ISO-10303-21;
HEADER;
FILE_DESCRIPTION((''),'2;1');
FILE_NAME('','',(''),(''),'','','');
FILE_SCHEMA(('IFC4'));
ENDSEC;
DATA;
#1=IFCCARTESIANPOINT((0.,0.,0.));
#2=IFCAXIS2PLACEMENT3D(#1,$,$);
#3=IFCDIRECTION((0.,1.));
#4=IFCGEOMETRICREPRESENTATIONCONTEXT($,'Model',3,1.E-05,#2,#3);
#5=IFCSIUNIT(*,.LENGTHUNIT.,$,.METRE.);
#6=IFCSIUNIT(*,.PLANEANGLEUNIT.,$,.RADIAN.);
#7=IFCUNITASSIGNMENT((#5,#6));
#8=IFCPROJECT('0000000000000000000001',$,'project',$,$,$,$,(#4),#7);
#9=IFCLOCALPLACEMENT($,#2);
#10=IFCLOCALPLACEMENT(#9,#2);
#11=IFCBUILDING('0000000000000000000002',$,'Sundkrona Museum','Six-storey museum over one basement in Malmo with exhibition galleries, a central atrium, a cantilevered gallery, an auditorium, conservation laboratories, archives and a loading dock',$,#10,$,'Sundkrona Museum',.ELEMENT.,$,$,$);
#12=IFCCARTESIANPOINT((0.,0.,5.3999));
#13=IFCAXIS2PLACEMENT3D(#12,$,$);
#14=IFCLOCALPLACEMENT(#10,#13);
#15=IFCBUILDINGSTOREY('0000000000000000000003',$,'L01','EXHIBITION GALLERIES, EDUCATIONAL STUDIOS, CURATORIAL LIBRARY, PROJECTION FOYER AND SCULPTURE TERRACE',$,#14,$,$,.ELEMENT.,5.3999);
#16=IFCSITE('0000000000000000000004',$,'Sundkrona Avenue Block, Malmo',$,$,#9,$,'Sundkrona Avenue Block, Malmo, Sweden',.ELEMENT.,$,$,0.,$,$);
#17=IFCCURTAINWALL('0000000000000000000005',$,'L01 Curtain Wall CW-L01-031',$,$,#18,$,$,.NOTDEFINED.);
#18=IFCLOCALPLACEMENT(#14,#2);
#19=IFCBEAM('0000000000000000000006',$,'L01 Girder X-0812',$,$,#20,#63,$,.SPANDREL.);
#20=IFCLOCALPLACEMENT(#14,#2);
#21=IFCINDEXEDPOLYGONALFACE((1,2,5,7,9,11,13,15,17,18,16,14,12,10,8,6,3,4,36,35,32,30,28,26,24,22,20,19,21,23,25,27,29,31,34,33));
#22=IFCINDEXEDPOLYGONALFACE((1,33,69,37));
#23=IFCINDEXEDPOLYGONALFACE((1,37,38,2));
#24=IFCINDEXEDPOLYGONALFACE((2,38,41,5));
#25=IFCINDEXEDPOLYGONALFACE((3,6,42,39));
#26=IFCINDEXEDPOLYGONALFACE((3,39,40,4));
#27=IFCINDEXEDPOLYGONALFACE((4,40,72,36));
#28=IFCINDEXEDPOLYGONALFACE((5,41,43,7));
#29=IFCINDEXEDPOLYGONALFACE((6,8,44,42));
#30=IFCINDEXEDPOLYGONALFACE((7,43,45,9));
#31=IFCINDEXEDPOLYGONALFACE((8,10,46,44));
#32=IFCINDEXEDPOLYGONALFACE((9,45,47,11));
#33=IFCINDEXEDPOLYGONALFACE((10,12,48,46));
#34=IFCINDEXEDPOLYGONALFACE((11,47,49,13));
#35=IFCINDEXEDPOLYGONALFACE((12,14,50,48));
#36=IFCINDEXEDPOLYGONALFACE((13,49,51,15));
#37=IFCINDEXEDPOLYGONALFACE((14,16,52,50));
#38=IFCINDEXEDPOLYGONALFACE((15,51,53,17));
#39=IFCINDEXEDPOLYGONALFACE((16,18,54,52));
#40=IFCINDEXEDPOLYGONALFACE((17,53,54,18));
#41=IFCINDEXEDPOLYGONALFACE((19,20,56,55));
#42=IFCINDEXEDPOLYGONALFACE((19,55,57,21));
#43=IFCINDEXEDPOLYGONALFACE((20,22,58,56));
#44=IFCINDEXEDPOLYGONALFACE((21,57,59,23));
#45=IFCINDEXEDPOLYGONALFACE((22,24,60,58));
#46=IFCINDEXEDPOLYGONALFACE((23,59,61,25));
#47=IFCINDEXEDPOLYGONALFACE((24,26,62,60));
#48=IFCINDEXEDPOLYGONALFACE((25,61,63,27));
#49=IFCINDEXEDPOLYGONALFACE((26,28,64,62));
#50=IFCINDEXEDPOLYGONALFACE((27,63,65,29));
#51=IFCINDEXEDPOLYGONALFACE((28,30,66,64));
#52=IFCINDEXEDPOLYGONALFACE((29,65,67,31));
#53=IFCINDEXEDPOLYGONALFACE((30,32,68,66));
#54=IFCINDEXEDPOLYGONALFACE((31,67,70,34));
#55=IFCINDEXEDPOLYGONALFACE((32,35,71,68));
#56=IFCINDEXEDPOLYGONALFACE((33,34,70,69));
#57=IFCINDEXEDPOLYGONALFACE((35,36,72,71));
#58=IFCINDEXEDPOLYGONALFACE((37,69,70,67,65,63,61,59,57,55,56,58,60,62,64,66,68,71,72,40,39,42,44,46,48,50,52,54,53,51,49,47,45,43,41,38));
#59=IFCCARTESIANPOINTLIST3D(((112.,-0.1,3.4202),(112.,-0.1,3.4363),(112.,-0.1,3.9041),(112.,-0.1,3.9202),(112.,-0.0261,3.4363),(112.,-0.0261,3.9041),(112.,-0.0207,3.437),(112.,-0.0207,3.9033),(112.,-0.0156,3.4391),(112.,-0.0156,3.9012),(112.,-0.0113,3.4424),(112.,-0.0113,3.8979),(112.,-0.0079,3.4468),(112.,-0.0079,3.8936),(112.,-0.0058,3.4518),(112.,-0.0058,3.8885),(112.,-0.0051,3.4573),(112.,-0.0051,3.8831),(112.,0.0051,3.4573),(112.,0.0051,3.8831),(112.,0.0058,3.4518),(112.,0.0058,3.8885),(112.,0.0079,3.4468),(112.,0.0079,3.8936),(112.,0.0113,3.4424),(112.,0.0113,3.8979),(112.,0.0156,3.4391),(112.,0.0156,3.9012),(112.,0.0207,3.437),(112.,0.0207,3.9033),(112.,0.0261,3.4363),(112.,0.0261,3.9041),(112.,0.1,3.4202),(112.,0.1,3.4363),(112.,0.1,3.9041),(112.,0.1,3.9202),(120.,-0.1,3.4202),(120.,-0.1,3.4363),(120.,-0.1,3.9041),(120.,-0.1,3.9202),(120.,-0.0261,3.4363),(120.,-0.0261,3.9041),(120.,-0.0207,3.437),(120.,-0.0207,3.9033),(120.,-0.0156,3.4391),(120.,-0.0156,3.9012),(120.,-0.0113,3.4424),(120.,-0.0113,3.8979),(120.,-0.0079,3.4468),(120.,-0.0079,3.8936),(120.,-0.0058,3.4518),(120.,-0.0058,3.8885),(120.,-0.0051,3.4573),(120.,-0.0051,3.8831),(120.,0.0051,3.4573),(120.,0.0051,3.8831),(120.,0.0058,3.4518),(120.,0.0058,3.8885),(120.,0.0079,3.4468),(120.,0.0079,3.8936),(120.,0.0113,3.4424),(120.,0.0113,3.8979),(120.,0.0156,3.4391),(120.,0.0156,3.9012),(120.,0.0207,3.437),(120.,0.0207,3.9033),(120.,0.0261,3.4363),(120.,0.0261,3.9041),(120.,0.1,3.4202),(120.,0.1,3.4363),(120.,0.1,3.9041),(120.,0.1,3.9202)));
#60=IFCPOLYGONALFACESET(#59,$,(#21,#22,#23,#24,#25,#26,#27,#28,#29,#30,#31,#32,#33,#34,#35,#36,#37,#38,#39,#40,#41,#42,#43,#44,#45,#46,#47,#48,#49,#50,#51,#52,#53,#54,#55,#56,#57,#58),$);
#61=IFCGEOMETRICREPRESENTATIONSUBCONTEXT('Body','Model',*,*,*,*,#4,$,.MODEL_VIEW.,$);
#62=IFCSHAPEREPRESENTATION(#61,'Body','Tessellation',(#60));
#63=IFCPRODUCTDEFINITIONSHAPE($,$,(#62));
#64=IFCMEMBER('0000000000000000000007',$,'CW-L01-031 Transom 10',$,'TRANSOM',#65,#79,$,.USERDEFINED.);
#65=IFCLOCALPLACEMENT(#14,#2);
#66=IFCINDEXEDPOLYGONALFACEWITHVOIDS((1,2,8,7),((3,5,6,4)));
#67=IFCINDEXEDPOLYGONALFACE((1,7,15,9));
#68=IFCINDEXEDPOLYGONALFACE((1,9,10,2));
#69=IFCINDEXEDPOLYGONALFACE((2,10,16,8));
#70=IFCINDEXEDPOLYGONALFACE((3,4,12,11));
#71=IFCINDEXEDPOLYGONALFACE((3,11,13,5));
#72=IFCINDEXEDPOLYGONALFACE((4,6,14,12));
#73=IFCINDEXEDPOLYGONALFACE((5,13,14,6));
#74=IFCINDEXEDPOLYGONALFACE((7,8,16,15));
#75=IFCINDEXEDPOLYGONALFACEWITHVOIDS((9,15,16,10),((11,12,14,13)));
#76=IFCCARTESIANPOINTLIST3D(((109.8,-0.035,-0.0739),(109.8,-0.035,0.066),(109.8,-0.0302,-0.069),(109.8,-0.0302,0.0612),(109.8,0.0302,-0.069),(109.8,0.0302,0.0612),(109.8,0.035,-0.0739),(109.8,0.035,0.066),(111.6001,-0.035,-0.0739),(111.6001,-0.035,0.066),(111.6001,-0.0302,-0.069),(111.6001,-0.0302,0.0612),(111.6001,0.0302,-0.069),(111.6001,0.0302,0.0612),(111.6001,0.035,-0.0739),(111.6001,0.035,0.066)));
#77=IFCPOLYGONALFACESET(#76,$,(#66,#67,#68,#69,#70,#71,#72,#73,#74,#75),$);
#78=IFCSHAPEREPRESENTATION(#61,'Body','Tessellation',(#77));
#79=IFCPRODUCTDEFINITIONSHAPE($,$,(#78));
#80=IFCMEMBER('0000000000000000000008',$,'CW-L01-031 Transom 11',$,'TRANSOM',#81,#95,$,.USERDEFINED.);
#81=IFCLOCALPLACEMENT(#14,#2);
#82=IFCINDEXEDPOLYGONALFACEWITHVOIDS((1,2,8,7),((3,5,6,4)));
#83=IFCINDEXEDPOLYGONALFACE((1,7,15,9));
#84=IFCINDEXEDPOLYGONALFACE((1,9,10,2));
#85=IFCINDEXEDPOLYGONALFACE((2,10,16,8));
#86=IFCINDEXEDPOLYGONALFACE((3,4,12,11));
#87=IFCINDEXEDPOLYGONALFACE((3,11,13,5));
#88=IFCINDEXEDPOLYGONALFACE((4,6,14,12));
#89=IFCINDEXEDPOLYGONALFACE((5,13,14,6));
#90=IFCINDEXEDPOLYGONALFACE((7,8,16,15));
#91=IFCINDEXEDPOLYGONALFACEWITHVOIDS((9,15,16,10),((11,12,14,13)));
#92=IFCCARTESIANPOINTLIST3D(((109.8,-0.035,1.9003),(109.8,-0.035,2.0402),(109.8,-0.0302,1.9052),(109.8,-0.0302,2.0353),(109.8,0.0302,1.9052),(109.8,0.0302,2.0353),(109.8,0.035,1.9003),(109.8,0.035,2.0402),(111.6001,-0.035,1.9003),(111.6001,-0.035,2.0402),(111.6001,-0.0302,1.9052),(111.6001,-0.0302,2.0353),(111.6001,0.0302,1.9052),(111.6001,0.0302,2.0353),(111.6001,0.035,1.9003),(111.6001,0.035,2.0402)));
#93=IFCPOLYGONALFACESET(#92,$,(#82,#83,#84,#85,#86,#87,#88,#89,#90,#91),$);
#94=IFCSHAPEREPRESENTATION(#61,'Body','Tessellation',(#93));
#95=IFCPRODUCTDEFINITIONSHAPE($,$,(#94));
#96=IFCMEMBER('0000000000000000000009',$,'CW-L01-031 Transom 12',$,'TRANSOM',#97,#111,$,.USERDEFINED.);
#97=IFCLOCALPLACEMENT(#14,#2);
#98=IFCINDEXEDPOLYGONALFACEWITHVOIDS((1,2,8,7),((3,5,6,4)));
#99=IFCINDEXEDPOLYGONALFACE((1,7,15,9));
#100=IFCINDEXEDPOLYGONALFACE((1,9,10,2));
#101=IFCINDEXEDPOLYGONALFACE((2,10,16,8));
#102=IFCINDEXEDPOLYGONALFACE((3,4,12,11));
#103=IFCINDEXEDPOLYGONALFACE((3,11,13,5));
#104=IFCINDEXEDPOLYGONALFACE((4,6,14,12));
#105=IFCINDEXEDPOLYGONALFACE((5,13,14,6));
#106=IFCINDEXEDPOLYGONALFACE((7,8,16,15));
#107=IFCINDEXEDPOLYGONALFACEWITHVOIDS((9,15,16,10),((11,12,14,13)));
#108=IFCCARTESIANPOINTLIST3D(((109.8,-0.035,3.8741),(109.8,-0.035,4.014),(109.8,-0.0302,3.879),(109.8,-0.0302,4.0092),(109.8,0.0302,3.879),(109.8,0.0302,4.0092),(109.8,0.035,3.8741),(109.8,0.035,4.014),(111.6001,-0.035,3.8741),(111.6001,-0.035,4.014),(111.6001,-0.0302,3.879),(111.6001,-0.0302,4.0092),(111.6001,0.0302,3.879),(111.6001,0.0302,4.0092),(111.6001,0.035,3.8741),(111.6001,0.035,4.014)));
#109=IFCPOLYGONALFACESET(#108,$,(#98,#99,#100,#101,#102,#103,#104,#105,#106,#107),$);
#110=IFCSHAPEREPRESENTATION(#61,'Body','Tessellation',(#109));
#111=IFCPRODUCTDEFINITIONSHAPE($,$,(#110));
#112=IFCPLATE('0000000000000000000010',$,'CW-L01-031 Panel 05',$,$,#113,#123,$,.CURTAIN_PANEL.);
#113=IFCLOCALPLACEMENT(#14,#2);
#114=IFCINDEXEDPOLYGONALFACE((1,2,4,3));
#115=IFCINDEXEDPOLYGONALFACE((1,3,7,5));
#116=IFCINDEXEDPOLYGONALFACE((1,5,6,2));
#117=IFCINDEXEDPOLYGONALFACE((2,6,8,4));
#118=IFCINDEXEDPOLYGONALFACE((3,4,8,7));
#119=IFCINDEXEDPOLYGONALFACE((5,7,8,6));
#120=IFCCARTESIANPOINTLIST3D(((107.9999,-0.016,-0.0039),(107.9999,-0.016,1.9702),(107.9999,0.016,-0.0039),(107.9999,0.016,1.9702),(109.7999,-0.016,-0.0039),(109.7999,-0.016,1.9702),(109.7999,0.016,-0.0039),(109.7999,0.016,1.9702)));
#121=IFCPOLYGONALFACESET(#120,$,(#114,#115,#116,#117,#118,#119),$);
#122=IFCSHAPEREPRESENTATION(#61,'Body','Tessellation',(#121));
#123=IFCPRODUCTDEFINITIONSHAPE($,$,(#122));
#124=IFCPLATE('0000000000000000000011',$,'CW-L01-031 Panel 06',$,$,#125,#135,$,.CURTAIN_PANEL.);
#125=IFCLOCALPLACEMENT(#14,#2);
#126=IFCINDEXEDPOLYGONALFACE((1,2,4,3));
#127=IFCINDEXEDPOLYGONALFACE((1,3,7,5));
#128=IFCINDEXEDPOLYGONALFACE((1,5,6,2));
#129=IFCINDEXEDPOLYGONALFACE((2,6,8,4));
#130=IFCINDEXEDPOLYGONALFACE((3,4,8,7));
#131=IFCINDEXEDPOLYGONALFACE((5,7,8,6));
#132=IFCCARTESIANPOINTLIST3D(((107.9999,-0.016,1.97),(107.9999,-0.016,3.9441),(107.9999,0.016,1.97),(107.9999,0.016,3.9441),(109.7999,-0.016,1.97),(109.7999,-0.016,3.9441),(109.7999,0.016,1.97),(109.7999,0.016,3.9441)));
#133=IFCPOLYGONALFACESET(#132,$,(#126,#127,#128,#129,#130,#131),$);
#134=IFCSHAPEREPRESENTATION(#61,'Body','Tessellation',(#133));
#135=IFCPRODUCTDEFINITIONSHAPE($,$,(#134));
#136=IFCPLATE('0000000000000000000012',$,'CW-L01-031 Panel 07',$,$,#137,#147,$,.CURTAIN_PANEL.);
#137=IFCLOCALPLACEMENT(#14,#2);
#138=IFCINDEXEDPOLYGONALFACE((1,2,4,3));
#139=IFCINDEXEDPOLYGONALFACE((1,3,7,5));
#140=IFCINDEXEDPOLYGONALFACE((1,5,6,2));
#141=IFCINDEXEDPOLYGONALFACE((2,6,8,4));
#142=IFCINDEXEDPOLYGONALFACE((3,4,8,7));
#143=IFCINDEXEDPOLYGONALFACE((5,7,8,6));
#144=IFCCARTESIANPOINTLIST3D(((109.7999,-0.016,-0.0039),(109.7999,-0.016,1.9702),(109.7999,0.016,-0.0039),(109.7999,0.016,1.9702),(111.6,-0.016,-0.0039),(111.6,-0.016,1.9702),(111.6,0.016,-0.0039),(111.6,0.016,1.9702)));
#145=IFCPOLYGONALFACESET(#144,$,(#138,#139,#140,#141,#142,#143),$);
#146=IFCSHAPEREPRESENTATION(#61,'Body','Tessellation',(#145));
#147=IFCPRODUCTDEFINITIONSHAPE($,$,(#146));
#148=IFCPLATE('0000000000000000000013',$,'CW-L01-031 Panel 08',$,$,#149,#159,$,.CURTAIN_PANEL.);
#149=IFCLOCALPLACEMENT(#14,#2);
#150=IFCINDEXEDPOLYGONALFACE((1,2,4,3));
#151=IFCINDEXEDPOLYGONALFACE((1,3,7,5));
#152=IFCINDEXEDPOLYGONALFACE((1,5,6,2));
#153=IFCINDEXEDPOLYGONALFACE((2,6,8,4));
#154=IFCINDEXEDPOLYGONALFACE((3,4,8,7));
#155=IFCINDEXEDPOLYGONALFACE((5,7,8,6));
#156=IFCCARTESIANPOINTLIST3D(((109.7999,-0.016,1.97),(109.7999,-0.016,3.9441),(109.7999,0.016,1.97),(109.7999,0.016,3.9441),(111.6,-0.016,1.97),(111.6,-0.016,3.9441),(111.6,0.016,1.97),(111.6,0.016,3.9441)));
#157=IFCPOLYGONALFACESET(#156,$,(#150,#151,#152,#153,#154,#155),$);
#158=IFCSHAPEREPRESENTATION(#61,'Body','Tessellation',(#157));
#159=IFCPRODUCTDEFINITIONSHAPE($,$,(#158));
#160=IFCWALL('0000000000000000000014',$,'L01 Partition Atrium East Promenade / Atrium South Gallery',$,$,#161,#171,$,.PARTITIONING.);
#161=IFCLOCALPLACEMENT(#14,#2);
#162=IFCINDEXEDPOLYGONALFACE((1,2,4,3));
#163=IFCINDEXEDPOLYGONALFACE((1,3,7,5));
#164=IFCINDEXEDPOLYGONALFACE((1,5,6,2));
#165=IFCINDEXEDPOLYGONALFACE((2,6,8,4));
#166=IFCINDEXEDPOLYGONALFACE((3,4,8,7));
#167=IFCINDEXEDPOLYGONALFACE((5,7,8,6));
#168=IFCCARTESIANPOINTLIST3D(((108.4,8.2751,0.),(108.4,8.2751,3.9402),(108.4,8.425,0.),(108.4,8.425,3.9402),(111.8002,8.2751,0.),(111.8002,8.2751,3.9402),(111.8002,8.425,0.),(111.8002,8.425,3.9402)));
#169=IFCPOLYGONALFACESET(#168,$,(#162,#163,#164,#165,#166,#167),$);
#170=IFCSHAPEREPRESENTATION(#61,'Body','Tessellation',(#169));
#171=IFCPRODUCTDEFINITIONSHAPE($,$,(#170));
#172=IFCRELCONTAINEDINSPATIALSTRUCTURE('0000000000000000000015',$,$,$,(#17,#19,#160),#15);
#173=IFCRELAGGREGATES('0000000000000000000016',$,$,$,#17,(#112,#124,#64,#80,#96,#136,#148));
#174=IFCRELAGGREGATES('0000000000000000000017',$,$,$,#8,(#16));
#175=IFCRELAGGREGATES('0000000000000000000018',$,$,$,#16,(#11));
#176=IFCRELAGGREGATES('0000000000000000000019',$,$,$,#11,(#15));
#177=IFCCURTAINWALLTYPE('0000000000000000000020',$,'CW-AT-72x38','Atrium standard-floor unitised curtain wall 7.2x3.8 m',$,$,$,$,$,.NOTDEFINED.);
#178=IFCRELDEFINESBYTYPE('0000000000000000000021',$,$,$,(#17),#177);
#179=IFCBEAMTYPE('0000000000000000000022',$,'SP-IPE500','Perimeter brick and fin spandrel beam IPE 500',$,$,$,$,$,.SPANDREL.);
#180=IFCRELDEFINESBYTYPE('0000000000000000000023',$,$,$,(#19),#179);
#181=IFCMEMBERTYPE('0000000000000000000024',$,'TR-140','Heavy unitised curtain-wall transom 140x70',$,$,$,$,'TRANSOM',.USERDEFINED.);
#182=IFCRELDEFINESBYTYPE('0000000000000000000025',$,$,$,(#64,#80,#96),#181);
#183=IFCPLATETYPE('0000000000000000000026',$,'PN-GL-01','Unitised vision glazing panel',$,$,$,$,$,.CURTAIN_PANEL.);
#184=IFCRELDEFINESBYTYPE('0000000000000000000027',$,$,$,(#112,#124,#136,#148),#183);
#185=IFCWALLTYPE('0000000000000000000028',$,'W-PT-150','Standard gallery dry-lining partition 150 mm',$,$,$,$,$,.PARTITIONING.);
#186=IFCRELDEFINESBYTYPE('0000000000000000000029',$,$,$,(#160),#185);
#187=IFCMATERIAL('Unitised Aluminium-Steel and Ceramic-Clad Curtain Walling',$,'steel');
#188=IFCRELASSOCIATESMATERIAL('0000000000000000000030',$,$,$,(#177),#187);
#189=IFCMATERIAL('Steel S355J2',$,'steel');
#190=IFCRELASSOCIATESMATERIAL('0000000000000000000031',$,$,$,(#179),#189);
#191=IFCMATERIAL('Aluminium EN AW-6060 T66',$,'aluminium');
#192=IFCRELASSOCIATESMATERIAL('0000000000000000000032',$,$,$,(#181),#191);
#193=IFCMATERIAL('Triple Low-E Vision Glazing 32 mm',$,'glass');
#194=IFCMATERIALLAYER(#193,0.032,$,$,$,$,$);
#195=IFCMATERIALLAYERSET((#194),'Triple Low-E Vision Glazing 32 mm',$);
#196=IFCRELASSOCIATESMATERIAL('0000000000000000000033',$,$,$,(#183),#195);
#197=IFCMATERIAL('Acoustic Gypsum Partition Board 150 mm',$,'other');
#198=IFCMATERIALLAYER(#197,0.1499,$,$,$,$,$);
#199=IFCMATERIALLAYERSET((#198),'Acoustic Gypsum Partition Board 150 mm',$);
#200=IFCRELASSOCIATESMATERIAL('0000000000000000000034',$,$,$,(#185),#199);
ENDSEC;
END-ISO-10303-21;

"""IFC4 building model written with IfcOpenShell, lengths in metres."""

from ifc_helpers import new_model, si_unit, direction, frame, frame_2d, origin, origin_2d, place, context, subcontext, project, spatial, rectangle, hollow_rectangle, i_section, extrude, material, layer, layer_set, material_profile, profile_set, type_object, element, aggregate, save


model = new_model("IFC4")

# Units and contexts
model_context = context("Model", 3, precision=1e-05, world=origin(), true_north=direction((0.0, 1.0)))
body_context = subcontext(model_context, "Body", "Model", "MODEL_VIEW")
ifc_project = project(units=[si_unit("LENGTHUNIT", "METRE"), si_unit("PLANEANGLEUNIT", "RADIAN")], contexts=[model_context])

# Site, building, storey
site_placement = place(None, origin())
site = spatial("IfcSite", under=ifc_project, at=site_placement, Name="Sundkrona Avenue Block, Malmo", LongName="Sundkrona Avenue Block, Malmo, Sweden", CompositionType="ELEMENT", RefElevation=0.0)
building_placement = place(site_placement, origin())
building = spatial("IfcBuilding", under=site, at=building_placement, Name="Sundkrona Museum", Description="Six-storey museum over one basement in Malmo with exhibition galleries, a central atrium, a cantilevered gallery, an auditorium, conservation laboratories, archives and a loading dock", LongName="Sundkrona Museum", CompositionType="ELEMENT")
storey_placement = place(building_placement, frame((0.0, 0.0, 5.3999)))
storey = spatial("IfcBuildingStorey", under=building, at=storey_placement, Name="L01", Description="EXHIBITION GALLERIES, EDUCATIONAL STUDIOS, CURATORIAL LIBRARY, PROJECTION FOYER AND SCULPTURE TERRACE", CompositionType="ELEMENT", Elevation=5.3999)

# Shared definitions
ifc_material_1 = material(Name="Steel S355J2", Category="steel")

# Curtain wall
ifc_material_2 = material(Name="Unitised Aluminium-Steel and Ceramic-Clad Curtain Walling", Category="steel")
curtain_wall_type = type_object("IfcCurtainWallType", Name="CW-AT-72x38", Description="Atrium standard-floor unitised curtain wall 7.2x3.8 m", PredefinedType="NOTDEFINED", material=ifc_material_2)
curtain_wall_placement = place(storey_placement, origin())
curtain_wall = element("IfcCurtainWall", 1, at=curtain_wall_placement, inside=storey, type_object=curtain_wall_type, Name="L01 Curtain Wall CW-L01-031", PredefinedType="NOTDEFINED")
ifc_material_3 = material(Name="Aluminium EN AW-6060 T66", Category="aluminium")

# Beam
ifc_material_profile_1 = material_profile(ifc_material_1, i_section(OverallWidth=0.2, OverallDepth=0.5, WebThickness=0.0103, FlangeThickness=0.0161, FilletRadius=0.021, at=origin_2d()), Name="IPE 500")
ifc_profile_set_1 = profile_set([ifc_material_profile_1], Name="Steel S355J2")
beam_type_1 = type_object("IfcBeamType", Name="SP-IPE500", Description="Perimeter brick and fin spandrel beam IPE 500", PredefinedType="SPANDREL", material=ifc_profile_set_1)
beam_1_placement = place(storey_placement, frame((112.0, 0.0, 3.6702), z_axis=(1.0, 0.0, 0.0), x_axis=(0.0, 1.0, 0.0)))
element("IfcBeam", 2, at=beam_1_placement, inside=storey, type_object=beam_type_1, Name="L01 Girder X-0812", PredefinedType="SPANDREL", context=body_context, shape_type="SweptSolid", body=[
    extrude(i_section(OverallWidth=0.2, OverallDepth=0.5, WebThickness=0.0103, FlangeThickness=0.0161, FilletRadius=0.021, at=origin_2d()), origin(), (0.0, 0.0, 1.0), 8.0),
])

# Members
ifc_material_profile_2 = material_profile(ifc_material_3, hollow_rectangle(XDim=0.0701, YDim=0.1399, WallThickness=0.0049, at=origin_2d()), Name="RHS 140x70x5.0")
ifc_profile_set_2 = profile_set([ifc_material_profile_2], Name="Aluminium EN AW-6060 T66")
member_type_1 = type_object("IfcMemberType", Name="TR-140", Description="Heavy unitised curtain-wall transom 140x70", ElementType="TRANSOM", PredefinedType="USERDEFINED", material=ifc_profile_set_2)
member_1_placement = place(storey_placement, frame((109.8, 0.0, -0.0039), z_axis=(1.0, 0.0, 0.0), x_axis=(0.0, 1.0, 0.0)))
member_1 = element("IfcMember", 3, at=member_1_placement, type_object=member_type_1, Name="CW-L01-031 Transom 10", ObjectType="TRANSOM", PredefinedType="USERDEFINED", context=body_context, shape_type="SweptSolid", body=[
    extrude(hollow_rectangle(XDim=0.0701, YDim=0.1399, WallThickness=0.0049, at=origin_2d()), origin(), (0.0, 0.0, 1.0), 1.8),
])
member_2_placement = place(storey_placement, frame((109.8, 0.0, 1.9702), z_axis=(1.0, 0.0, 0.0), x_axis=(0.0, 1.0, 0.0)))
member_2 = element("IfcMember", 4, at=member_2_placement, type_object=member_type_1, Name="CW-L01-031 Transom 11", ObjectType="TRANSOM", PredefinedType="USERDEFINED", context=body_context, shape_type="SweptSolid", body=[
    extrude(hollow_rectangle(XDim=0.0701, YDim=0.1399, WallThickness=0.0049, at=origin_2d()), origin(), (0.0, 0.0, 1.0), 1.8),
])
member_3_placement = place(storey_placement, frame((109.8, 0.0, 3.9441), z_axis=(1.0, 0.0, 0.0), x_axis=(0.0, 1.0, 0.0)))
member_3 = element("IfcMember", 5, at=member_3_placement, type_object=member_type_1, Name="CW-L01-031 Transom 12", ObjectType="TRANSOM", PredefinedType="USERDEFINED", context=body_context, shape_type="SweptSolid", body=[
    extrude(hollow_rectangle(XDim=0.0701, YDim=0.1399, WallThickness=0.0049, at=origin_2d()), origin(), (0.0, 0.0, 1.0), 1.8),
])

# Plates
ifc_material_4 = material(Name="Triple Low-E Vision Glazing 32 mm", Category="glass")
ifc_layer_1 = layer(ifc_material_4, 0.032)
ifc_layer_set_1 = layer_set([ifc_layer_1], Name="Triple Low-E Vision Glazing 32 mm")
plate_type = type_object("IfcPlateType", Name="PN-GL-01", Description="Unitised vision glazing panel", PredefinedType="CURTAIN_PANEL", material=ifc_layer_set_1)
plate_1_placement = place(storey_placement, frame((108.8999, 0.0, -0.0039), z_axis=(0.0, 0.0, 1.0), x_axis=(1.0, 0.0, 0.0)))
plate_1 = element("IfcPlate", 6, at=plate_1_placement, type_object=plate_type, Name="CW-L01-031 Panel 05", PredefinedType="CURTAIN_PANEL", context=body_context, shape_type="SweptSolid", body=[
    extrude(rectangle(XDim=1.8, YDim=0.032, at=origin_2d()), origin(), (0.0, 0.0, 1.0), 1.9741),
])
plate_2_placement = place(storey_placement, frame((108.8999, 0.0, 1.97), z_axis=(0.0, 0.0, 1.0), x_axis=(1.0, 0.0, 0.0)))
plate_2 = element("IfcPlate", 7, at=plate_2_placement, type_object=plate_type, Name="CW-L01-031 Panel 06", PredefinedType="CURTAIN_PANEL", context=body_context, shape_type="SweptSolid", body=[
    extrude(rectangle(XDim=1.8, YDim=0.032, at=origin_2d()), origin(), (0.0, 0.0, 1.0), 1.9741),
])
plate_3_placement = place(storey_placement, frame((110.7, 0.0, -0.0039), z_axis=(0.0, 0.0, 1.0), x_axis=(1.0, 0.0, 0.0)))
plate_3 = element("IfcPlate", 8, at=plate_3_placement, type_object=plate_type, Name="CW-L01-031 Panel 07", PredefinedType="CURTAIN_PANEL", context=body_context, shape_type="SweptSolid", body=[
    extrude(rectangle(XDim=1.8, YDim=0.032, at=origin_2d()), origin(), (0.0, 0.0, 1.0), 1.9741),
])
plate_4_placement = place(storey_placement, frame((110.7, 0.0, 1.97), z_axis=(0.0, 0.0, 1.0), x_axis=(1.0, 0.0, 0.0)))
plate_4 = element("IfcPlate", 9, at=plate_4_placement, type_object=plate_type, Name="CW-L01-031 Panel 08", PredefinedType="CURTAIN_PANEL", context=body_context, shape_type="SweptSolid", body=[
    extrude(rectangle(XDim=1.8, YDim=0.032, at=origin_2d()), origin(), (0.0, 0.0, 1.0), 1.9741),
])
aggregate(curtain_wall, [plate_1, plate_2, member_1, member_2, member_3, plate_3, plate_4])

# Wall
ifc_material_5 = material(Name="Acoustic Gypsum Partition Board 150 mm", Category="other")
ifc_layer_2 = layer(ifc_material_5, 0.1499)
ifc_layer_set_2 = layer_set([ifc_layer_2], Name="Acoustic Gypsum Partition Board 150 mm")
wall_type = type_object("IfcWallType", Name="W-PT-150", Description="Standard gallery dry-lining partition 150 mm", PredefinedType="PARTITIONING", material=ifc_layer_set_2)
wall_1_placement = place(storey_placement, frame((108.3999, 8.3501, 0.0), z_axis=(0.0, 0.0, 1.0), x_axis=(1.0, 0.0, 0.0)))
element("IfcWall", 10, at=wall_1_placement, inside=storey, type_object=wall_type, Name="L01 Partition Atrium East Promenade / Atrium South Gallery", PredefinedType="PARTITIONING", context=body_context, shape_type="SweptSolid", body=[
    extrude(rectangle(XDim=3.4001, YDim=0.1499, at=frame_2d((1.7002, 0.0))), origin(), (0.0, 0.0, 1.0), 3.9402),
])

save(model, "model.ifc")
